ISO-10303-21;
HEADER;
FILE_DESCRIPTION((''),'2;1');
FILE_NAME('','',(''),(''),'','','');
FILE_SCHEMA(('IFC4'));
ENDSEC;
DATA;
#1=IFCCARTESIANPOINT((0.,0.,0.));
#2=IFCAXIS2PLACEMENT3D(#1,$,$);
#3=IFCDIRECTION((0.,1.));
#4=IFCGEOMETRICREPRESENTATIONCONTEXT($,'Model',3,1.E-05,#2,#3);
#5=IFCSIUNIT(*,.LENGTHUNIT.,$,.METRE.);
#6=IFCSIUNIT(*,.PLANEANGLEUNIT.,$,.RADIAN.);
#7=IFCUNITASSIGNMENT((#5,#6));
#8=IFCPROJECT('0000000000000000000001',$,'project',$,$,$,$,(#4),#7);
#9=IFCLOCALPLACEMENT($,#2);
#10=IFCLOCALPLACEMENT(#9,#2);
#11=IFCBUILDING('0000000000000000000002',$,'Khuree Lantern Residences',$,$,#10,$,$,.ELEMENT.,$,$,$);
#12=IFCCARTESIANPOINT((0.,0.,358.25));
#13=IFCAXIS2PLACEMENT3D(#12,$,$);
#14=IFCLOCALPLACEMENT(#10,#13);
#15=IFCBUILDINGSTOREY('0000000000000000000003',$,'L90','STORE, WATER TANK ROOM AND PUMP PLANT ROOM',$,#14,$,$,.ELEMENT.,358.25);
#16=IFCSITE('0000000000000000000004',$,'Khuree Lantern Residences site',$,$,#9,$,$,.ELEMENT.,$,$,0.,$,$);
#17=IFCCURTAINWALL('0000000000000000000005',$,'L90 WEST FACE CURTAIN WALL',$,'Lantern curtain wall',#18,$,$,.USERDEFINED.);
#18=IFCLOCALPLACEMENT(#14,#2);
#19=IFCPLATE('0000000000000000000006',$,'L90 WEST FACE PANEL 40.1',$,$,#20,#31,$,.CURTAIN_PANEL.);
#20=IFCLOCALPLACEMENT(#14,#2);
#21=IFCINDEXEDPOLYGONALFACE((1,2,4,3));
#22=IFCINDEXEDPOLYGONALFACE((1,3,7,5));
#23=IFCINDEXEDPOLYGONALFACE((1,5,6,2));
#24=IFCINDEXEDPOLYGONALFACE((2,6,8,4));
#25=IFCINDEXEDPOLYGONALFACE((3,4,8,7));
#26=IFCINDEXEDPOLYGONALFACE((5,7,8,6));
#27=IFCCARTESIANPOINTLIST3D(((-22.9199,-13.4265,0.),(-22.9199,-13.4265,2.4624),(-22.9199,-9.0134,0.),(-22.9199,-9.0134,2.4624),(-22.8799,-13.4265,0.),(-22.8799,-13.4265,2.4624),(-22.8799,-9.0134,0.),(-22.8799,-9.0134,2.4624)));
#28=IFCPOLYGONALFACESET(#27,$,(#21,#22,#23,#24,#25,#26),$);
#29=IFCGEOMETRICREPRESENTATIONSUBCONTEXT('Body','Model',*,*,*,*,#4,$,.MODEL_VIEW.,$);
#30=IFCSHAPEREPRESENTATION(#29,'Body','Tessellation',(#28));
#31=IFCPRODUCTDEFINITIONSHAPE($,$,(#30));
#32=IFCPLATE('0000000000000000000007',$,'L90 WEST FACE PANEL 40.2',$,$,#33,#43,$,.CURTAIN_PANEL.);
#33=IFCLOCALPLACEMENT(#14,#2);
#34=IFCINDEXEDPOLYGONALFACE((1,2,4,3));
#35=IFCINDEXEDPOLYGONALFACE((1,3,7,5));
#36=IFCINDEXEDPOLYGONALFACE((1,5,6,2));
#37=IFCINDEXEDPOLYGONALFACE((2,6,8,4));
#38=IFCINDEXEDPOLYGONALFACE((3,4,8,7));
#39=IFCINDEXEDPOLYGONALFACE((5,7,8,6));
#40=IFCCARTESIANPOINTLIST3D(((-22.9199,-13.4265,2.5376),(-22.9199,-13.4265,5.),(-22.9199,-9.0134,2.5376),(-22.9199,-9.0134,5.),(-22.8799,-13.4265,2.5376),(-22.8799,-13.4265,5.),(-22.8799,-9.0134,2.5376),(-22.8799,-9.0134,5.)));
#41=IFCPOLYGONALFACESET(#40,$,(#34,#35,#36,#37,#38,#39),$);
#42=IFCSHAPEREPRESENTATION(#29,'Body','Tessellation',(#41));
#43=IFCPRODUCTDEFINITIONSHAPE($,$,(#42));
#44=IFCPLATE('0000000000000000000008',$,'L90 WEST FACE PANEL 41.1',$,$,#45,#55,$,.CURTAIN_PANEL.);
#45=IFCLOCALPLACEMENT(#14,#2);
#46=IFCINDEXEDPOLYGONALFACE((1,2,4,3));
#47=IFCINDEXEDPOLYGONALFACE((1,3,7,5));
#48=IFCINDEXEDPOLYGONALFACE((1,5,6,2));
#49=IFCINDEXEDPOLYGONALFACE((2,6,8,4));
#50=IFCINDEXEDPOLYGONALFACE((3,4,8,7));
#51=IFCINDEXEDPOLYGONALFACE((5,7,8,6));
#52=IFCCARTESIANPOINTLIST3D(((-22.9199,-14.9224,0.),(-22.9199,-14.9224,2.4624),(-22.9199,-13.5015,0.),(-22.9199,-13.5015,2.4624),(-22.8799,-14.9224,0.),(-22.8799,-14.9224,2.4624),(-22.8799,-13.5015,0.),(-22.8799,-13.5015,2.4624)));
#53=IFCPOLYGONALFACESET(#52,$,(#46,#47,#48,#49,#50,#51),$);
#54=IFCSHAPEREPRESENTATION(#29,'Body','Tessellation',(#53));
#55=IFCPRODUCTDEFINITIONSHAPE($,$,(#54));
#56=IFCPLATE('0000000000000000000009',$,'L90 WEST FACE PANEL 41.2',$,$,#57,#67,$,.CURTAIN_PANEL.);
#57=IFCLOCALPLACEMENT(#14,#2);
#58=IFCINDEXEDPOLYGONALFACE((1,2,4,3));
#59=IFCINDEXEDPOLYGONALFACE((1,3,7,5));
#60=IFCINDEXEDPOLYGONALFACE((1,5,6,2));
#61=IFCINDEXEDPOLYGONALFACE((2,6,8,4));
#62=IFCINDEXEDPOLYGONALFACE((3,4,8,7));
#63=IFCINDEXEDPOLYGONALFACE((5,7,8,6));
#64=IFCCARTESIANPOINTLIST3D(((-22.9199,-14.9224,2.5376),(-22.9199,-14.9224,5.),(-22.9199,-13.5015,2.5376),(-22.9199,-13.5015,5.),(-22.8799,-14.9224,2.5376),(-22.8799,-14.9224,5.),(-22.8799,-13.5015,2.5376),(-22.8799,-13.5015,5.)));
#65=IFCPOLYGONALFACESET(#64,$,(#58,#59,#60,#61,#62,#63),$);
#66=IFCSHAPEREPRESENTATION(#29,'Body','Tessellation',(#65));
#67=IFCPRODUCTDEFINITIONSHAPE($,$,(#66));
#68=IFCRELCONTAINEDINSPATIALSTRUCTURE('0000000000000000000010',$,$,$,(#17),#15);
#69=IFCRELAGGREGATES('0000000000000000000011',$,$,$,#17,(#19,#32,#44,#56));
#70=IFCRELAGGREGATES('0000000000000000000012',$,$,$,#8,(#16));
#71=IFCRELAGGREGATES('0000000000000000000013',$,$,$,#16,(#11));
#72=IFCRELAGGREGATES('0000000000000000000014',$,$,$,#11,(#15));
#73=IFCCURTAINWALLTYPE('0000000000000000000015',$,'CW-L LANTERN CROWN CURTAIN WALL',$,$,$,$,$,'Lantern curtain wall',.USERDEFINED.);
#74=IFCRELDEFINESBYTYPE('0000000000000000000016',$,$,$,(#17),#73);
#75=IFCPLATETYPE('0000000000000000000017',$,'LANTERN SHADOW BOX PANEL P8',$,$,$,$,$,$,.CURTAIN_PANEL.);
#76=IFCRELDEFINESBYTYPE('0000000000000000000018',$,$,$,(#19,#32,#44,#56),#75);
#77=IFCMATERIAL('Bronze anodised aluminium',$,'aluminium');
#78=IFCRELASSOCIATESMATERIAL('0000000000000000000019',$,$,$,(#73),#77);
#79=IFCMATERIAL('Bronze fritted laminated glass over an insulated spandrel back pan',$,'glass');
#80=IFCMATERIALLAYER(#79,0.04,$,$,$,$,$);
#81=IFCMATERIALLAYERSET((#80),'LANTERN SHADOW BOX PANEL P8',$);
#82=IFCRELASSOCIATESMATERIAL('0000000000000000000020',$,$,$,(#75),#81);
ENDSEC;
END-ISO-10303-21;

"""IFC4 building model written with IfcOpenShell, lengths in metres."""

from ifc_helpers import new_model, si_unit, direction, frame, origin, origin_2d, place, context, subcontext, project, spatial, rectangle, extrude, material, layer, layer_set, type_object, element, aggregate, save


model = new_model("IFC4")

# Units and contexts
model_context = context("Model", 3, precision=1e-05, world=origin(), true_north=direction((0.0, 1.0)))
body_context = subcontext(model_context, "Body", "Model", "MODEL_VIEW")
ifc_project = project(units=[si_unit("LENGTHUNIT", "METRE"), si_unit("PLANEANGLEUNIT", "RADIAN")], contexts=[model_context])

# Site, building, storey
site_placement = place(None, origin())
site = spatial("IfcSite", under=ifc_project, at=site_placement, Name="Khuree Lantern Residences site", CompositionType="ELEMENT", RefElevation=0.0)
building_placement = place(site_placement, origin())
building = spatial("IfcBuilding", under=site, at=building_placement, Name="Khuree Lantern Residences", CompositionType="ELEMENT")
storey_placement = place(building_placement, frame((0.0, 0.0, 358.25)))
storey = spatial("IfcBuildingStorey", under=building, at=storey_placement, Name="L90", Description="STORE, WATER TANK ROOM AND PUMP PLANT ROOM", CompositionType="ELEMENT", Elevation=358.25)

# Curtain wall
ifc_material_1 = material(Name="Bronze anodised aluminium", Category="aluminium")
curtain_wall_type = type_object("IfcCurtainWallType", Name="CW-L LANTERN CROWN CURTAIN WALL", ElementType="Lantern curtain wall", PredefinedType="USERDEFINED", material=ifc_material_1)
curtain_wall_placement = place(storey_placement, origin())
curtain_wall = element("IfcCurtainWall", 1, at=curtain_wall_placement, inside=storey, type_object=curtain_wall_type, Name="L90 WEST FACE CURTAIN WALL", ObjectType="Lantern curtain wall", PredefinedType="USERDEFINED")

# Plates
ifc_material_2 = material(Name="Bronze fritted laminated glass over an insulated spandrel back pan", Category="glass")
ifc_layer = layer(ifc_material_2, 0.04)
ifc_layer_set = layer_set([ifc_layer], Name="LANTERN SHADOW BOX PANEL P8")
plate_type = type_object("IfcPlateType", Name="LANTERN SHADOW BOX PANEL P8", PredefinedType="CURTAIN_PANEL", material=ifc_layer_set)
plate_1_placement = place(storey_placement, frame((-22.8999, -11.22, 0.0), z_axis=(0.0, 0.0, 1.0), x_axis=(0.0, -1.0, 0.0)))
plate_1 = element("IfcPlate", 2, at=plate_1_placement, type_object=plate_type, Name="L90 WEST FACE PANEL 40.1", PredefinedType="CURTAIN_PANEL", context=body_context, shape_type="SweptSolid", body=[
    extrude(rectangle(XDim=4.4131, YDim=0.04, at=origin_2d()), origin(), (0.0, 0.0, 1.0), 2.4624),
])
plate_2_placement = place(storey_placement, frame((-22.8999, -11.22, 2.5376), z_axis=(0.0, 0.0, 1.0), x_axis=(0.0, -1.0, 0.0)))
plate_2 = element("IfcPlate", 3, at=plate_2_placement, type_object=plate_type, Name="L90 WEST FACE PANEL 40.2", PredefinedType="CURTAIN_PANEL", context=body_context, shape_type="SweptSolid", body=[
    extrude(rectangle(XDim=4.4131, YDim=0.04, at=origin_2d()), origin(), (0.0, 0.0, 1.0), 2.4624),
])
plate_3_placement = place(storey_placement, frame((-22.8999, -14.2119, 0.0), z_axis=(0.0, 0.0, 1.0), x_axis=(0.0, -1.0, 0.0)))
plate_3 = element("IfcPlate", 4, at=plate_3_placement, type_object=plate_type, Name="L90 WEST FACE PANEL 41.1", PredefinedType="CURTAIN_PANEL", context=body_context, shape_type="SweptSolid", body=[
    extrude(rectangle(XDim=1.4209, YDim=0.04, at=origin_2d()), origin(), (0.0, 0.0, 1.0), 2.4624),
])
plate_4_placement = place(storey_placement, frame((-22.8999, -14.2119, 2.5376), z_axis=(0.0, 0.0, 1.0), x_axis=(0.0, -1.0, 0.0)))
plate_4 = element("IfcPlate", 5, at=plate_4_placement, type_object=plate_type, Name="L90 WEST FACE PANEL 41.2", PredefinedType="CURTAIN_PANEL", context=body_context, shape_type="SweptSolid", body=[
    extrude(rectangle(XDim=1.4209, YDim=0.04, at=origin_2d()), origin(), (0.0, 0.0, 1.0), 2.4624),
])
aggregate(curtain_wall, [plate_1, plate_2, plate_3, plate_4])

save(model, "model.ifc")
